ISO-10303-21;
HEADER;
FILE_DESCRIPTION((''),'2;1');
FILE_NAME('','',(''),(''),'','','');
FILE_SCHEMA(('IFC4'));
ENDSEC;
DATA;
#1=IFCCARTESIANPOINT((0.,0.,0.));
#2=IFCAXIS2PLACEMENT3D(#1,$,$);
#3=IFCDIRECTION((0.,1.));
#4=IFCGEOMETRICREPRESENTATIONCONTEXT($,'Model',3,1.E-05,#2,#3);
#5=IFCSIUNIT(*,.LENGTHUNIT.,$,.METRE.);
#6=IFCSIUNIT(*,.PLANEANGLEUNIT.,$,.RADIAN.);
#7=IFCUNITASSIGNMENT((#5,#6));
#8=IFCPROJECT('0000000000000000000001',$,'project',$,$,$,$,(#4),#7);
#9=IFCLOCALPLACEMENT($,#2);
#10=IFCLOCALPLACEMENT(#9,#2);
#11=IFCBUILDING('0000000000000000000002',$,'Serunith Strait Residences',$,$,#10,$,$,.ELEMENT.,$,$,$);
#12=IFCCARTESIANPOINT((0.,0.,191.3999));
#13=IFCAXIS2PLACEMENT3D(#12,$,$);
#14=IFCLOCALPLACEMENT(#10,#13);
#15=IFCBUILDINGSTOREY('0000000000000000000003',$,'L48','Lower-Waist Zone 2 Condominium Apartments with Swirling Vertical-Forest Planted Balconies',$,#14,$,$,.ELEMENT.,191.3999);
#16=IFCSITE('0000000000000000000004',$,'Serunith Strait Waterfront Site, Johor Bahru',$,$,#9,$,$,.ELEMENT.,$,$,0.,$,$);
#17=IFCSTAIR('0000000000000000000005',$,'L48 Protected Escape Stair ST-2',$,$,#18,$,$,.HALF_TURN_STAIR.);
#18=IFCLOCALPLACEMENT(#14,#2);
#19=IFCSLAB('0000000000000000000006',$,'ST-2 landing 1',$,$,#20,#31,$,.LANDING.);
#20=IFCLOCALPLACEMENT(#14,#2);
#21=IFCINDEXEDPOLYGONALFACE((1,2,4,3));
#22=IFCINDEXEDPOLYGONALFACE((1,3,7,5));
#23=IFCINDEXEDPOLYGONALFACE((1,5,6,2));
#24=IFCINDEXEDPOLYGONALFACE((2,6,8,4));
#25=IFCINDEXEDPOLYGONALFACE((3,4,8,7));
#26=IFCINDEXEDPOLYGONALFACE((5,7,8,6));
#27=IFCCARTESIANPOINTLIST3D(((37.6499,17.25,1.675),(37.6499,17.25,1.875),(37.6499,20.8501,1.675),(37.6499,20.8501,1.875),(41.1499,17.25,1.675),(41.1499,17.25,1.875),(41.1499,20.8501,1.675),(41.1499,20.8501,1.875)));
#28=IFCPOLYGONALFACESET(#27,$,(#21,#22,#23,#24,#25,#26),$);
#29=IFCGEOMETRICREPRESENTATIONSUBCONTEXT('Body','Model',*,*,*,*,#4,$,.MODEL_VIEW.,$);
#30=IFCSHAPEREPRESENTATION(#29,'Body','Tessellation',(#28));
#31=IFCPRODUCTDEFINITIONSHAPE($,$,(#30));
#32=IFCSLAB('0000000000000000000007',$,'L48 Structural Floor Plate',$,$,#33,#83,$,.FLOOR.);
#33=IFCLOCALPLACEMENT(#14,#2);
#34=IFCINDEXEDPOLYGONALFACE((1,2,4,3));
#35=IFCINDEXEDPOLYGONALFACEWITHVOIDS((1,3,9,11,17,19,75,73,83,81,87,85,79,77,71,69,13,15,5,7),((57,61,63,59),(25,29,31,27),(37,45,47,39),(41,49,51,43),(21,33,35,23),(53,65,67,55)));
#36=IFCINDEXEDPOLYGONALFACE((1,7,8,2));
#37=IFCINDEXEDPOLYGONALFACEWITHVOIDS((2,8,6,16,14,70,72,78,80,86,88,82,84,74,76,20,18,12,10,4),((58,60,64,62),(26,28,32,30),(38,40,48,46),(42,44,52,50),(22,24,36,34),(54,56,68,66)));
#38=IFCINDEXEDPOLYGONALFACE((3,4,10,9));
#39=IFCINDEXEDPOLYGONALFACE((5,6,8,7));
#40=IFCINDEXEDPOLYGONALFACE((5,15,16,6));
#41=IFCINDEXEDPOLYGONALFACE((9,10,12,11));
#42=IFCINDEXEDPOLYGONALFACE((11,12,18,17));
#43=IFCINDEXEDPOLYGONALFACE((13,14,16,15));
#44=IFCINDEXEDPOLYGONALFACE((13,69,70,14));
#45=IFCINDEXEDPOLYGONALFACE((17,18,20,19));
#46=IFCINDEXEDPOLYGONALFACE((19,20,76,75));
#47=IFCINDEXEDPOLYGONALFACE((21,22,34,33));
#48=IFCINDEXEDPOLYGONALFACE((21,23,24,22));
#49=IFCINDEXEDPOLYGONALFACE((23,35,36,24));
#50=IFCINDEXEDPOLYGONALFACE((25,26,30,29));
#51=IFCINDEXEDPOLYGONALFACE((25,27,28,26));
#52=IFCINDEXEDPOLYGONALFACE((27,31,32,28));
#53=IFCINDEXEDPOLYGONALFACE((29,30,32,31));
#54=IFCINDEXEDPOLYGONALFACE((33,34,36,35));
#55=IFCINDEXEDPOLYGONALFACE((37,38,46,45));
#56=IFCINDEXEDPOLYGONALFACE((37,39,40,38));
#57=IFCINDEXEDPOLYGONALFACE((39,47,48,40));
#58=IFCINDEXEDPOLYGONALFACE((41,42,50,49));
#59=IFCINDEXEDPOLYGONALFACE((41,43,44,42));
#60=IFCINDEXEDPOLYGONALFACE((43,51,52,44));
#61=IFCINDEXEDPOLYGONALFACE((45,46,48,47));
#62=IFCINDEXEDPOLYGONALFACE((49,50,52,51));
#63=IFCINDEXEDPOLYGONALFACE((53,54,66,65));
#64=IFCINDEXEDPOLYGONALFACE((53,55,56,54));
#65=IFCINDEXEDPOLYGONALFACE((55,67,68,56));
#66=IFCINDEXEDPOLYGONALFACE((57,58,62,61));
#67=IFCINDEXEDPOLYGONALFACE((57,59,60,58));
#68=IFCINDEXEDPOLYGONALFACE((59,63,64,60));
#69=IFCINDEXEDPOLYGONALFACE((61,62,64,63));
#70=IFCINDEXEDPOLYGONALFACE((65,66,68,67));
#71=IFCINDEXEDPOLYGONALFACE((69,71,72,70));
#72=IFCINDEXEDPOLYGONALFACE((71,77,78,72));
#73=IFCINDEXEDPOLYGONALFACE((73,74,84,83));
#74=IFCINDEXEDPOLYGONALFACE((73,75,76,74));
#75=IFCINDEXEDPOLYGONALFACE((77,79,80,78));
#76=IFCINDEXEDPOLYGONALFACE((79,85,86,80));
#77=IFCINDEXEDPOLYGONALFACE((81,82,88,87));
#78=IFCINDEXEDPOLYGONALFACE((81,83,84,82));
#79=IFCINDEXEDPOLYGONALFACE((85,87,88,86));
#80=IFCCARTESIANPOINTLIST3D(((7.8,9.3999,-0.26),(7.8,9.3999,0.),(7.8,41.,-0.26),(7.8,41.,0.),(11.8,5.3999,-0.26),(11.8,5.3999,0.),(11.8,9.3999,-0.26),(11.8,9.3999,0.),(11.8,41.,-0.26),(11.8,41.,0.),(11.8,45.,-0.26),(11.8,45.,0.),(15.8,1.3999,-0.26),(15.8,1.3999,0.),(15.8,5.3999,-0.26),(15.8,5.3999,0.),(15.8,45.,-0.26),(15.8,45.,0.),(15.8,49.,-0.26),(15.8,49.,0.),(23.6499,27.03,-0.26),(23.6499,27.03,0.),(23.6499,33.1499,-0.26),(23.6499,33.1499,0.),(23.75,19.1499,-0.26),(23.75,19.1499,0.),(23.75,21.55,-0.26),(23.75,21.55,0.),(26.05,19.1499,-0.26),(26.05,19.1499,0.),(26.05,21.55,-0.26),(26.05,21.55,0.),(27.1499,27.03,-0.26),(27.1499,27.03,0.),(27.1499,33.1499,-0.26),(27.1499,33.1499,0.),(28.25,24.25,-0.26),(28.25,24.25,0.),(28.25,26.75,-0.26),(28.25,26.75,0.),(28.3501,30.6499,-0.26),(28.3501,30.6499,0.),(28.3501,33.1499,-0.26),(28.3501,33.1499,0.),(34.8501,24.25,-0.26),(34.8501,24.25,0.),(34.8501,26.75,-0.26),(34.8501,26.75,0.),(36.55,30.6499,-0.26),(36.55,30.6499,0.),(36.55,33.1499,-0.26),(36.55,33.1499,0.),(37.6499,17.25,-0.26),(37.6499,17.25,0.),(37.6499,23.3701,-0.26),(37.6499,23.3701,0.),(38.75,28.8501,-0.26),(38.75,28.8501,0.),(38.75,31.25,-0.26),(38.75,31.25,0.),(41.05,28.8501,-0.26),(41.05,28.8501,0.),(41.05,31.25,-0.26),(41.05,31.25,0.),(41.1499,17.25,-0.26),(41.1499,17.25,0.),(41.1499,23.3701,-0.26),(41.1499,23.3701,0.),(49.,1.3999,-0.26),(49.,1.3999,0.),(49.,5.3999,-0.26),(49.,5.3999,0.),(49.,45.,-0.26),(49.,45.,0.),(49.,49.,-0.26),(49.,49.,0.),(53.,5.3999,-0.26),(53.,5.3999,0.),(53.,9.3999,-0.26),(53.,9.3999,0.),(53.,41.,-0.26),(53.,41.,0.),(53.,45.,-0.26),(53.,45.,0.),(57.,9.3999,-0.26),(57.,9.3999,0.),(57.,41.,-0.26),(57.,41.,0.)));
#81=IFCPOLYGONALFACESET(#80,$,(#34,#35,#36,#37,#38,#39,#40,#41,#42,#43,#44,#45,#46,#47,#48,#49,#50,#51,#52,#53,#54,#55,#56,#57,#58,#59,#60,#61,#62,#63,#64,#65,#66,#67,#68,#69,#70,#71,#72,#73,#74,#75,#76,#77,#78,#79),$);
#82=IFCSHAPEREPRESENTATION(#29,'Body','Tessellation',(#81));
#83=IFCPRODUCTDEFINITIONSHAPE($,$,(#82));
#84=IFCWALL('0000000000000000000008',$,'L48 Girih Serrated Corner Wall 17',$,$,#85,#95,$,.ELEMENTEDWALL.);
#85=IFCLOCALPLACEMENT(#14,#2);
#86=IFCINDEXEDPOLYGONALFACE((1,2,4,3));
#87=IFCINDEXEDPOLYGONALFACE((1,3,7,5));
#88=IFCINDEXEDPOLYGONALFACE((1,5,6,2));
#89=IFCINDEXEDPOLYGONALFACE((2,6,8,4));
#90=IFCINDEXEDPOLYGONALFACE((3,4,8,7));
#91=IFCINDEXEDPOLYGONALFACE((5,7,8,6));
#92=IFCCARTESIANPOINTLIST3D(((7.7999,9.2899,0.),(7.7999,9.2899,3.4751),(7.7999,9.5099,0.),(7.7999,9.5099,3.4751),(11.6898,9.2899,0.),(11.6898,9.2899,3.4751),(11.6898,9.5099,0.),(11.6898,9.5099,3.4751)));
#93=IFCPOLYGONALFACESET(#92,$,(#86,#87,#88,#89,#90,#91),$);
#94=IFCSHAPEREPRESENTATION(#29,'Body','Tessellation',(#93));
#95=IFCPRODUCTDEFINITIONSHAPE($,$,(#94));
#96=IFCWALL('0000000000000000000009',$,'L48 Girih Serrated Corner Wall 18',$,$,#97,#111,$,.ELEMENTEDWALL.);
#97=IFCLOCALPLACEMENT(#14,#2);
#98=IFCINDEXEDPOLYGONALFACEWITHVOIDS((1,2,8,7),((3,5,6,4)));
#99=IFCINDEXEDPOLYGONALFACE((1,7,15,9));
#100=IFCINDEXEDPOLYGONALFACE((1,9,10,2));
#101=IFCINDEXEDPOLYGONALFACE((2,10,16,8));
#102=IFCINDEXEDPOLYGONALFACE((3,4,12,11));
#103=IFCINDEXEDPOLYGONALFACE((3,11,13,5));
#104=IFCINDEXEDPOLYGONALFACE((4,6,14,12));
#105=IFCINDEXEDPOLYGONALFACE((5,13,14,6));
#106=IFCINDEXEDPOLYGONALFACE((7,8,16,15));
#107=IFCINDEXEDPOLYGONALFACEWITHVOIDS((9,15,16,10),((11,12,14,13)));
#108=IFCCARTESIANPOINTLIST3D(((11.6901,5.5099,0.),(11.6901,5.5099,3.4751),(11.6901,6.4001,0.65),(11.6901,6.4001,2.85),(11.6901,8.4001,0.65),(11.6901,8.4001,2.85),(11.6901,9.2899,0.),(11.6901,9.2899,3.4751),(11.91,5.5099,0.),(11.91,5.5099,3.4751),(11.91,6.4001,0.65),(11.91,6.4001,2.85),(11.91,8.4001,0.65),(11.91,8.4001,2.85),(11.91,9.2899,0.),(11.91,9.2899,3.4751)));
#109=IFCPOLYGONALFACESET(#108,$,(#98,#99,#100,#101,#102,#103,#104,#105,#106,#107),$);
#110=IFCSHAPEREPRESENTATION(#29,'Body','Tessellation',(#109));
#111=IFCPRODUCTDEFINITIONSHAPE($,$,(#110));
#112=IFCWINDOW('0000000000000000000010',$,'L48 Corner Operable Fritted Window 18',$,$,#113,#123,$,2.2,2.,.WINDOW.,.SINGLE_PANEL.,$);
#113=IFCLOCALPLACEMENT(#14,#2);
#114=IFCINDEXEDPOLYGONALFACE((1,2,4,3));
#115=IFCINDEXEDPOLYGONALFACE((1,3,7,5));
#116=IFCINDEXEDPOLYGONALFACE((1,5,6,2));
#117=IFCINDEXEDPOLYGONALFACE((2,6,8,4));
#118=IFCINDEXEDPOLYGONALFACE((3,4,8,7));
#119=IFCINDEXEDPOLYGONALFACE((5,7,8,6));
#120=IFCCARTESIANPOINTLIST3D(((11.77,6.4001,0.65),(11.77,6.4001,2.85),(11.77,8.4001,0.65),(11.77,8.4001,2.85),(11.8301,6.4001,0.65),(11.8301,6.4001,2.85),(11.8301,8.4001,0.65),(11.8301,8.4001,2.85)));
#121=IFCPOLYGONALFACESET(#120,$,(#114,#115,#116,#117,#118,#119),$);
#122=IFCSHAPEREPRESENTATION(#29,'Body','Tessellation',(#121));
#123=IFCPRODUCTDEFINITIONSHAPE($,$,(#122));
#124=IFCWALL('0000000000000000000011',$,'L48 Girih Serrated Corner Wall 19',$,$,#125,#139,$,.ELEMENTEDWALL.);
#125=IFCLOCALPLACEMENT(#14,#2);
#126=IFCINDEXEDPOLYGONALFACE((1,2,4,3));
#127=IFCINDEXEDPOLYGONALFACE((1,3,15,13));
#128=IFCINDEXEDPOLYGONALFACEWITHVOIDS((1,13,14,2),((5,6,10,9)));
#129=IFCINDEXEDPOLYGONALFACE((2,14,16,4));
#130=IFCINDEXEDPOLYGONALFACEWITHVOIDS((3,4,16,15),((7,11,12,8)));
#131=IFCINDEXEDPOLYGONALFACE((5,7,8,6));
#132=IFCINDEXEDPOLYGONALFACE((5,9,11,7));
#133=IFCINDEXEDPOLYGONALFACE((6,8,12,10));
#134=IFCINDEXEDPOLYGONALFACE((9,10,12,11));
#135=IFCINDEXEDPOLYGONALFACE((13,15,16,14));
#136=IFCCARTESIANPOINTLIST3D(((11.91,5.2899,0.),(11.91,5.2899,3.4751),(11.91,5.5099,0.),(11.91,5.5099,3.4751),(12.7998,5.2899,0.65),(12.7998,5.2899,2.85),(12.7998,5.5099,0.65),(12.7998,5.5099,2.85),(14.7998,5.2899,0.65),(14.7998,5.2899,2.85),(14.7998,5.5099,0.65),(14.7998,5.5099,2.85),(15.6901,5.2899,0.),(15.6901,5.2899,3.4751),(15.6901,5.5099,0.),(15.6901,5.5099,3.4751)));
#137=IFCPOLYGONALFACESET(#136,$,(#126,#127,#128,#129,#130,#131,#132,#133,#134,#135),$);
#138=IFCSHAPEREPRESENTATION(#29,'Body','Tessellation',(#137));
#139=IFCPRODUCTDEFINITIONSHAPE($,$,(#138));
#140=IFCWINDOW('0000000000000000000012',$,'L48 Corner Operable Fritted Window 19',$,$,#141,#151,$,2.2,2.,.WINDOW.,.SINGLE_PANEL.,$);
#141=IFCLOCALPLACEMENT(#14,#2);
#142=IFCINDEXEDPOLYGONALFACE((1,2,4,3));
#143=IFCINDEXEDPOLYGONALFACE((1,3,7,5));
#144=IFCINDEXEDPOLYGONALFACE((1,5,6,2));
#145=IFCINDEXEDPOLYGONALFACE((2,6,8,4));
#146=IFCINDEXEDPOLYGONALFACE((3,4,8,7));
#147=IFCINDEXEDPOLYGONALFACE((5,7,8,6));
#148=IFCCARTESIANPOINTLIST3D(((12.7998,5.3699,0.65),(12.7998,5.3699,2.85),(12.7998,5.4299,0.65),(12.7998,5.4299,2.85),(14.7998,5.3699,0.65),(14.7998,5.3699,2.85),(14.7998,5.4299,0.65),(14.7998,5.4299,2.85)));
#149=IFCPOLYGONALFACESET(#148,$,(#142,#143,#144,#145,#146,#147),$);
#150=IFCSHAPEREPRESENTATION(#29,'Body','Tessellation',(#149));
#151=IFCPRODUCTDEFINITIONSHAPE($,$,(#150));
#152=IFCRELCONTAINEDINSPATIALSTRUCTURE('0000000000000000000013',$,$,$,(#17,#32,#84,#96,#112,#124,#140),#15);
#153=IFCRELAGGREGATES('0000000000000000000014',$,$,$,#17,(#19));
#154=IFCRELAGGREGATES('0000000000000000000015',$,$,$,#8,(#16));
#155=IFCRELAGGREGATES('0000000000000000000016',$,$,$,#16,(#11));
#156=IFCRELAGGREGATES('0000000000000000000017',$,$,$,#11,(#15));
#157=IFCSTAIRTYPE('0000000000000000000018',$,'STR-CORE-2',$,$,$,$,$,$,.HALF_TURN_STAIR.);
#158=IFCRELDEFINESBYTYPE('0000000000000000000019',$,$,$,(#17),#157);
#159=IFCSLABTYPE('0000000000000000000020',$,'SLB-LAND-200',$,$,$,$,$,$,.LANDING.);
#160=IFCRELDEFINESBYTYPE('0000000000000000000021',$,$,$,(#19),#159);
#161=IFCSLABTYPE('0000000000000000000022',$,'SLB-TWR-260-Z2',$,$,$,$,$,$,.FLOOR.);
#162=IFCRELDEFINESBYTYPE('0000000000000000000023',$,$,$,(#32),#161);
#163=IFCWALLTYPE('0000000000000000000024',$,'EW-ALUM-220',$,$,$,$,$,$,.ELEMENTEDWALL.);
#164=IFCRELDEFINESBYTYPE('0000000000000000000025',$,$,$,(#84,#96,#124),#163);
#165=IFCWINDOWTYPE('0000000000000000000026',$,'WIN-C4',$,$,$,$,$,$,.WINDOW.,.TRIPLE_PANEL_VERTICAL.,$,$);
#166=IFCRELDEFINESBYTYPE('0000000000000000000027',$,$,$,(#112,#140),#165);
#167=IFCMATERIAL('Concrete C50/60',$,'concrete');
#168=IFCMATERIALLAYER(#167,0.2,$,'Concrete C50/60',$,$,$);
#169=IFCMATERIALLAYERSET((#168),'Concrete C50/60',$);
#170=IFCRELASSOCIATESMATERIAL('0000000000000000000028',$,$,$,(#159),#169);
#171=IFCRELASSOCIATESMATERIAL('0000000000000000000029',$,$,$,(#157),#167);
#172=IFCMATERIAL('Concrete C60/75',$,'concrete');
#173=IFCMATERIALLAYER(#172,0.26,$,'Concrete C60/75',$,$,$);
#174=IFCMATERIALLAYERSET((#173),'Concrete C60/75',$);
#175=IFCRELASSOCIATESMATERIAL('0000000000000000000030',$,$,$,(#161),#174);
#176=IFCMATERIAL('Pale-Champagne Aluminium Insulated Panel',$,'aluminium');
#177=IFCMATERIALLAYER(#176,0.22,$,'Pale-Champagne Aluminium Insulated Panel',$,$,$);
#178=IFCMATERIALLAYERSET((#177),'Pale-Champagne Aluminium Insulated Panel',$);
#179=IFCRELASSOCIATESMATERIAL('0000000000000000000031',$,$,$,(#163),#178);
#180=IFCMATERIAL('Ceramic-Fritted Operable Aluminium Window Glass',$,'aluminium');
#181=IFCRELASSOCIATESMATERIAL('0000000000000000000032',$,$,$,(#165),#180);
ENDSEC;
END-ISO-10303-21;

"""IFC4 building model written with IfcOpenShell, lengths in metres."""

from ifc_helpers import new_model, si_unit, direction, frame, frame_2d, origin, place, context, subcontext, project, spatial, polyline, rectangle, outline, extrude, source, transform, mapped, material, layer, layer_set, type_object, element, fill, aggregate, save


model = new_model("IFC4")

# Units and contexts
model_context = context("Model", 3, precision=1e-05, world=origin(), true_north=direction((0.0, 1.0)))
body_context = subcontext(model_context, "Body", "Model", "MODEL_VIEW")
ifc_project = project(units=[si_unit("LENGTHUNIT", "METRE"), si_unit("PLANEANGLEUNIT", "RADIAN")], contexts=[model_context])

# Site, building, storey
site_placement = place(None, origin())
site = spatial("IfcSite", under=ifc_project, at=site_placement, Name="Serunith Strait Waterfront Site, Johor Bahru", CompositionType="ELEMENT", RefElevation=0.0)
building_placement = place(site_placement, origin())
building = spatial("IfcBuilding", under=site, at=building_placement, Name="Serunith Strait Residences", CompositionType="ELEMENT")
storey_placement = place(building_placement, frame((0.0, 0.0, 191.3999)))
storey = spatial("IfcBuildingStorey", under=building, at=storey_placement, Name="L48", Description="Lower-Waist Zone 2 Condominium Apartments with Swirling Vertical-Forest Planted Balconies", CompositionType="ELEMENT", Elevation=191.3999)

# Shared definitions
ifc_material_1 = material(Name="Concrete C50/60", Category="concrete")

# Stair, slab
ifc_layer_1 = layer(ifc_material_1, 0.2, Name="Concrete C50/60")
ifc_layer_set_1 = layer_set([ifc_layer_1], Name="Concrete C50/60")
slab_type_1 = type_object("IfcSlabType", Name="SLB-LAND-200", PredefinedType="LANDING", material=ifc_layer_set_1)
stair_type_1 = type_object("IfcStairType", Name="STR-CORE-2", PredefinedType="HALF_TURN_STAIR", material=ifc_material_1)
stair_1_placement = place(storey_placement, origin())
stair_1 = element("IfcStair", 1, at=stair_1_placement, inside=storey, type_object=stair_type_1, Name="L48 Protected Escape Stair ST-2", PredefinedType="HALF_TURN_STAIR")
slab_1_placement = place(storey_placement, frame((0.0, 0.0, 1.675)))
slab_1 = element("IfcSlab", 2, at=slab_1_placement, type_object=slab_type_1, Name="ST-2 landing 1", PredefinedType="LANDING", context=body_context, shape_type="SweptSolid", body=[
    extrude(outline(polyline([(37.6499, 20.8501), (37.6499, 17.25), (41.1499, 17.25), (41.1499, 20.8501), (37.6499, 20.8501)])), origin(), (0.0, 0.0, 1.0), 0.2),
])
aggregate(stair_1, [slab_1])

# Slab
ifc_material_2 = material(Name="Concrete C60/75", Category="concrete")
ifc_layer_2 = layer(ifc_material_2, 0.26, Name="Concrete C60/75")
ifc_layer_set_2 = layer_set([ifc_layer_2], Name="Concrete C60/75")
slab_type_2 = type_object("IfcSlabType", Name="SLB-TWR-260-Z2", PredefinedType="FLOOR", material=ifc_layer_set_2)
slab_2_placement = place(storey_placement, frame((0.0, 0.0, -0.26)))
element("IfcSlab", 3, at=slab_2_placement, inside=storey, type_object=slab_type_2, Name="L48 Structural Floor Plate", PredefinedType="FLOOR", context=body_context, shape_type="SweptSolid", body=[
    extrude(outline(polyline([(15.8, 5.3999), (11.8, 5.3999), (11.8, 9.3999), (7.8, 9.3999), (7.8, 41.0), (11.8, 41.0), (11.8, 45.0), (15.8, 45.0), (15.8, 49.0), (49.0, 49.0), (49.0, 45.0), (53.0, 45.0), (53.0, 41.0), (57.0, 41.0), (57.0, 9.3999), (53.0, 9.3999), (53.0, 5.3999), (49.0, 5.3999), (49.0, 1.3999), (15.8, 1.3999), (15.8, 5.3999)]), holes=[polyline([(41.1499, 23.3701), (37.6499, 23.3701), (37.6499, 17.25), (41.1499, 17.25), (41.1499, 23.3701)]), polyline([(38.75, 31.25), (38.75, 28.8501), (41.05, 28.8501), (41.05, 31.25), (38.75, 31.25)]), polyline([(36.55, 33.1499), (28.3501, 33.1499), (28.3501, 30.6499), (36.55, 30.6499), (36.55, 33.1499)]), polyline([(34.8501, 26.75), (28.25, 26.75), (28.25, 24.25), (34.8501, 24.25), (34.8501, 26.75)]), polyline([(23.6499, 33.1499), (23.6499, 27.03), (27.1499, 27.03), (27.1499, 33.1499), (23.6499, 33.1499)]), polyline([(26.05, 21.55), (23.75, 21.55), (23.75, 19.1499), (26.05, 19.1499), (26.05, 21.55)])]), origin(), (0.0, 0.0, 1.0), 0.26),
])

# Wall
ifc_material_3 = material(Name="Pale-Champagne Aluminium Insulated Panel", Category="aluminium")
ifc_layer_3 = layer(ifc_material_3, 0.22, Name="Pale-Champagne Aluminium Insulated Panel")
ifc_layer_set_3 = layer_set([ifc_layer_3], Name="Pale-Champagne Aluminium Insulated Panel")
wall_type = type_object("IfcWallType", Name="EW-ALUM-220", PredefinedType="ELEMENTEDWALL", material=ifc_layer_set_3)
wall_1_placement = place(storey_placement, frame((7.8, 9.3999, 0.0), z_axis=(0.0, 0.0, 1.0), x_axis=(1.0, 0.0, 0.0)))
element("IfcWall", 4, at=wall_1_placement, inside=storey, type_object=wall_type, Name="L48 Girih Serrated Corner Wall 17", PredefinedType="ELEMENTEDWALL", context=body_context, shape_type="SweptSolid", body=[
    extrude(rectangle(XDim=3.8899, YDim=0.22, at=frame_2d((1.9448, 0.0))), origin(), (0.0, 0.0, 1.0), 3.4751),
])

# Walls, openings, windows
wall_2_placement = place(storey_placement, frame((11.8, 9.29, 0.0), z_axis=(0.0, 0.0, 1.0), x_axis=(0.0, -1.0, 0.0)))
wall_2 = element("IfcWall", 5, at=wall_2_placement, inside=storey, type_object=wall_type, Name="L48 Girih Serrated Corner Wall 18", PredefinedType="ELEMENTEDWALL", context=body_context, shape_type="SweptSolid", body=[
    extrude(rectangle(XDim=3.78, YDim=0.22, at=frame_2d((1.8901, 0.0))), origin(), (0.0, 0.0, 1.0), 3.4751),
])
opening_1_placement = place(wall_2_placement, frame((0.8899, 0.0, 0.6499)))
opening_1 = element("IfcOpeningElement", 6, at=opening_1_placement, cuts=wall_2, PredefinedType="OPENING", context=body_context, shape_type="SweptSolid", body=[
    extrude(rectangle(XDim=2.0, YDim=2.2, at=frame_2d((1.0, 1.1001))), frame((0.0, 0.1201, 0.0), z_axis=(0.0, -1.0, 0.0), x_axis=(1.0, 0.0, 0.0)), (0.0, 0.0, 1.0), 0.24),
])
ifc_material_4 = material(Name="Ceramic-Fritted Operable Aluminium Window Glass", Category="aluminium")
window_type = type_object("IfcWindowType", Name="WIN-C4", PartitioningType="TRIPLE_PANEL_VERTICAL", PredefinedType="WINDOW", material=ifc_material_4)
shared_shape_1 = source(origin(), body_context, "Body", "SweptSolid", [
    extrude(rectangle(XDim=2.0, YDim=2.2, at=frame_2d((1.0, 1.1001))), frame((0.0, 0.03, 0.0), z_axis=(0.0, -1.0, 0.0), x_axis=(1.0, 0.0, 0.0)), (0.0, 0.0, 1.0), 0.0601),
])
window_1_placement = place(opening_1_placement, origin())
window_1 = element("IfcWindow", 7, at=window_1_placement, inside=storey, type_object=window_type, Name="L48 Corner Operable Fritted Window 18", OverallHeight=2.2, OverallWidth=2.0, PartitioningType="SINGLE_PANEL", PredefinedType="WINDOW", context=body_context, shape_type="MappedRepresentation", body=[
    mapped(shared_shape_1, transform((0.0, 0.0, 0.0), scale=1.0)),
])
fill(opening_1, window_1)
wall_3_placement = place(storey_placement, frame((11.9099, 5.3999, 0.0), z_axis=(0.0, 0.0, 1.0), x_axis=(1.0, 0.0, 0.0)))
wall_3 = element("IfcWall", 8, at=wall_3_placement, inside=storey, type_object=wall_type, Name="L48 Girih Serrated Corner Wall 19", PredefinedType="ELEMENTEDWALL", context=body_context, shape_type="SweptSolid", body=[
    extrude(rectangle(XDim=3.78, YDim=0.22, at=frame_2d((1.8901, 0.0))), origin(), (0.0, 0.0, 1.0), 3.4751),
])
opening_2_placement = place(wall_3_placement, frame((0.8899, 0.0, 0.6499)))
opening_2 = element("IfcOpeningElement", 9, at=opening_2_placement, cuts=wall_3, PredefinedType="OPENING", context=body_context, shape_type="SweptSolid", body=[
    extrude(rectangle(XDim=2.0, YDim=2.2, at=frame_2d((1.0, 1.1001))), frame((0.0, 0.1201, 0.0), z_axis=(0.0, -1.0, 0.0), x_axis=(1.0, 0.0, 0.0)), (0.0, 0.0, 1.0), 0.24),
])
window_2_placement = place(opening_2_placement, origin())
window_2 = element("IfcWindow", 10, at=window_2_placement, inside=storey, type_object=window_type, Name="L48 Corner Operable Fritted Window 19", OverallHeight=2.2, OverallWidth=2.0, PartitioningType="SINGLE_PANEL", PredefinedType="WINDOW", context=body_context, shape_type="MappedRepresentation", body=[
    mapped(shared_shape_1, transform((0.0, 0.0, 0.0), scale=1.0)),
])
fill(opening_2, window_2)

save(model, "model.ifc")
